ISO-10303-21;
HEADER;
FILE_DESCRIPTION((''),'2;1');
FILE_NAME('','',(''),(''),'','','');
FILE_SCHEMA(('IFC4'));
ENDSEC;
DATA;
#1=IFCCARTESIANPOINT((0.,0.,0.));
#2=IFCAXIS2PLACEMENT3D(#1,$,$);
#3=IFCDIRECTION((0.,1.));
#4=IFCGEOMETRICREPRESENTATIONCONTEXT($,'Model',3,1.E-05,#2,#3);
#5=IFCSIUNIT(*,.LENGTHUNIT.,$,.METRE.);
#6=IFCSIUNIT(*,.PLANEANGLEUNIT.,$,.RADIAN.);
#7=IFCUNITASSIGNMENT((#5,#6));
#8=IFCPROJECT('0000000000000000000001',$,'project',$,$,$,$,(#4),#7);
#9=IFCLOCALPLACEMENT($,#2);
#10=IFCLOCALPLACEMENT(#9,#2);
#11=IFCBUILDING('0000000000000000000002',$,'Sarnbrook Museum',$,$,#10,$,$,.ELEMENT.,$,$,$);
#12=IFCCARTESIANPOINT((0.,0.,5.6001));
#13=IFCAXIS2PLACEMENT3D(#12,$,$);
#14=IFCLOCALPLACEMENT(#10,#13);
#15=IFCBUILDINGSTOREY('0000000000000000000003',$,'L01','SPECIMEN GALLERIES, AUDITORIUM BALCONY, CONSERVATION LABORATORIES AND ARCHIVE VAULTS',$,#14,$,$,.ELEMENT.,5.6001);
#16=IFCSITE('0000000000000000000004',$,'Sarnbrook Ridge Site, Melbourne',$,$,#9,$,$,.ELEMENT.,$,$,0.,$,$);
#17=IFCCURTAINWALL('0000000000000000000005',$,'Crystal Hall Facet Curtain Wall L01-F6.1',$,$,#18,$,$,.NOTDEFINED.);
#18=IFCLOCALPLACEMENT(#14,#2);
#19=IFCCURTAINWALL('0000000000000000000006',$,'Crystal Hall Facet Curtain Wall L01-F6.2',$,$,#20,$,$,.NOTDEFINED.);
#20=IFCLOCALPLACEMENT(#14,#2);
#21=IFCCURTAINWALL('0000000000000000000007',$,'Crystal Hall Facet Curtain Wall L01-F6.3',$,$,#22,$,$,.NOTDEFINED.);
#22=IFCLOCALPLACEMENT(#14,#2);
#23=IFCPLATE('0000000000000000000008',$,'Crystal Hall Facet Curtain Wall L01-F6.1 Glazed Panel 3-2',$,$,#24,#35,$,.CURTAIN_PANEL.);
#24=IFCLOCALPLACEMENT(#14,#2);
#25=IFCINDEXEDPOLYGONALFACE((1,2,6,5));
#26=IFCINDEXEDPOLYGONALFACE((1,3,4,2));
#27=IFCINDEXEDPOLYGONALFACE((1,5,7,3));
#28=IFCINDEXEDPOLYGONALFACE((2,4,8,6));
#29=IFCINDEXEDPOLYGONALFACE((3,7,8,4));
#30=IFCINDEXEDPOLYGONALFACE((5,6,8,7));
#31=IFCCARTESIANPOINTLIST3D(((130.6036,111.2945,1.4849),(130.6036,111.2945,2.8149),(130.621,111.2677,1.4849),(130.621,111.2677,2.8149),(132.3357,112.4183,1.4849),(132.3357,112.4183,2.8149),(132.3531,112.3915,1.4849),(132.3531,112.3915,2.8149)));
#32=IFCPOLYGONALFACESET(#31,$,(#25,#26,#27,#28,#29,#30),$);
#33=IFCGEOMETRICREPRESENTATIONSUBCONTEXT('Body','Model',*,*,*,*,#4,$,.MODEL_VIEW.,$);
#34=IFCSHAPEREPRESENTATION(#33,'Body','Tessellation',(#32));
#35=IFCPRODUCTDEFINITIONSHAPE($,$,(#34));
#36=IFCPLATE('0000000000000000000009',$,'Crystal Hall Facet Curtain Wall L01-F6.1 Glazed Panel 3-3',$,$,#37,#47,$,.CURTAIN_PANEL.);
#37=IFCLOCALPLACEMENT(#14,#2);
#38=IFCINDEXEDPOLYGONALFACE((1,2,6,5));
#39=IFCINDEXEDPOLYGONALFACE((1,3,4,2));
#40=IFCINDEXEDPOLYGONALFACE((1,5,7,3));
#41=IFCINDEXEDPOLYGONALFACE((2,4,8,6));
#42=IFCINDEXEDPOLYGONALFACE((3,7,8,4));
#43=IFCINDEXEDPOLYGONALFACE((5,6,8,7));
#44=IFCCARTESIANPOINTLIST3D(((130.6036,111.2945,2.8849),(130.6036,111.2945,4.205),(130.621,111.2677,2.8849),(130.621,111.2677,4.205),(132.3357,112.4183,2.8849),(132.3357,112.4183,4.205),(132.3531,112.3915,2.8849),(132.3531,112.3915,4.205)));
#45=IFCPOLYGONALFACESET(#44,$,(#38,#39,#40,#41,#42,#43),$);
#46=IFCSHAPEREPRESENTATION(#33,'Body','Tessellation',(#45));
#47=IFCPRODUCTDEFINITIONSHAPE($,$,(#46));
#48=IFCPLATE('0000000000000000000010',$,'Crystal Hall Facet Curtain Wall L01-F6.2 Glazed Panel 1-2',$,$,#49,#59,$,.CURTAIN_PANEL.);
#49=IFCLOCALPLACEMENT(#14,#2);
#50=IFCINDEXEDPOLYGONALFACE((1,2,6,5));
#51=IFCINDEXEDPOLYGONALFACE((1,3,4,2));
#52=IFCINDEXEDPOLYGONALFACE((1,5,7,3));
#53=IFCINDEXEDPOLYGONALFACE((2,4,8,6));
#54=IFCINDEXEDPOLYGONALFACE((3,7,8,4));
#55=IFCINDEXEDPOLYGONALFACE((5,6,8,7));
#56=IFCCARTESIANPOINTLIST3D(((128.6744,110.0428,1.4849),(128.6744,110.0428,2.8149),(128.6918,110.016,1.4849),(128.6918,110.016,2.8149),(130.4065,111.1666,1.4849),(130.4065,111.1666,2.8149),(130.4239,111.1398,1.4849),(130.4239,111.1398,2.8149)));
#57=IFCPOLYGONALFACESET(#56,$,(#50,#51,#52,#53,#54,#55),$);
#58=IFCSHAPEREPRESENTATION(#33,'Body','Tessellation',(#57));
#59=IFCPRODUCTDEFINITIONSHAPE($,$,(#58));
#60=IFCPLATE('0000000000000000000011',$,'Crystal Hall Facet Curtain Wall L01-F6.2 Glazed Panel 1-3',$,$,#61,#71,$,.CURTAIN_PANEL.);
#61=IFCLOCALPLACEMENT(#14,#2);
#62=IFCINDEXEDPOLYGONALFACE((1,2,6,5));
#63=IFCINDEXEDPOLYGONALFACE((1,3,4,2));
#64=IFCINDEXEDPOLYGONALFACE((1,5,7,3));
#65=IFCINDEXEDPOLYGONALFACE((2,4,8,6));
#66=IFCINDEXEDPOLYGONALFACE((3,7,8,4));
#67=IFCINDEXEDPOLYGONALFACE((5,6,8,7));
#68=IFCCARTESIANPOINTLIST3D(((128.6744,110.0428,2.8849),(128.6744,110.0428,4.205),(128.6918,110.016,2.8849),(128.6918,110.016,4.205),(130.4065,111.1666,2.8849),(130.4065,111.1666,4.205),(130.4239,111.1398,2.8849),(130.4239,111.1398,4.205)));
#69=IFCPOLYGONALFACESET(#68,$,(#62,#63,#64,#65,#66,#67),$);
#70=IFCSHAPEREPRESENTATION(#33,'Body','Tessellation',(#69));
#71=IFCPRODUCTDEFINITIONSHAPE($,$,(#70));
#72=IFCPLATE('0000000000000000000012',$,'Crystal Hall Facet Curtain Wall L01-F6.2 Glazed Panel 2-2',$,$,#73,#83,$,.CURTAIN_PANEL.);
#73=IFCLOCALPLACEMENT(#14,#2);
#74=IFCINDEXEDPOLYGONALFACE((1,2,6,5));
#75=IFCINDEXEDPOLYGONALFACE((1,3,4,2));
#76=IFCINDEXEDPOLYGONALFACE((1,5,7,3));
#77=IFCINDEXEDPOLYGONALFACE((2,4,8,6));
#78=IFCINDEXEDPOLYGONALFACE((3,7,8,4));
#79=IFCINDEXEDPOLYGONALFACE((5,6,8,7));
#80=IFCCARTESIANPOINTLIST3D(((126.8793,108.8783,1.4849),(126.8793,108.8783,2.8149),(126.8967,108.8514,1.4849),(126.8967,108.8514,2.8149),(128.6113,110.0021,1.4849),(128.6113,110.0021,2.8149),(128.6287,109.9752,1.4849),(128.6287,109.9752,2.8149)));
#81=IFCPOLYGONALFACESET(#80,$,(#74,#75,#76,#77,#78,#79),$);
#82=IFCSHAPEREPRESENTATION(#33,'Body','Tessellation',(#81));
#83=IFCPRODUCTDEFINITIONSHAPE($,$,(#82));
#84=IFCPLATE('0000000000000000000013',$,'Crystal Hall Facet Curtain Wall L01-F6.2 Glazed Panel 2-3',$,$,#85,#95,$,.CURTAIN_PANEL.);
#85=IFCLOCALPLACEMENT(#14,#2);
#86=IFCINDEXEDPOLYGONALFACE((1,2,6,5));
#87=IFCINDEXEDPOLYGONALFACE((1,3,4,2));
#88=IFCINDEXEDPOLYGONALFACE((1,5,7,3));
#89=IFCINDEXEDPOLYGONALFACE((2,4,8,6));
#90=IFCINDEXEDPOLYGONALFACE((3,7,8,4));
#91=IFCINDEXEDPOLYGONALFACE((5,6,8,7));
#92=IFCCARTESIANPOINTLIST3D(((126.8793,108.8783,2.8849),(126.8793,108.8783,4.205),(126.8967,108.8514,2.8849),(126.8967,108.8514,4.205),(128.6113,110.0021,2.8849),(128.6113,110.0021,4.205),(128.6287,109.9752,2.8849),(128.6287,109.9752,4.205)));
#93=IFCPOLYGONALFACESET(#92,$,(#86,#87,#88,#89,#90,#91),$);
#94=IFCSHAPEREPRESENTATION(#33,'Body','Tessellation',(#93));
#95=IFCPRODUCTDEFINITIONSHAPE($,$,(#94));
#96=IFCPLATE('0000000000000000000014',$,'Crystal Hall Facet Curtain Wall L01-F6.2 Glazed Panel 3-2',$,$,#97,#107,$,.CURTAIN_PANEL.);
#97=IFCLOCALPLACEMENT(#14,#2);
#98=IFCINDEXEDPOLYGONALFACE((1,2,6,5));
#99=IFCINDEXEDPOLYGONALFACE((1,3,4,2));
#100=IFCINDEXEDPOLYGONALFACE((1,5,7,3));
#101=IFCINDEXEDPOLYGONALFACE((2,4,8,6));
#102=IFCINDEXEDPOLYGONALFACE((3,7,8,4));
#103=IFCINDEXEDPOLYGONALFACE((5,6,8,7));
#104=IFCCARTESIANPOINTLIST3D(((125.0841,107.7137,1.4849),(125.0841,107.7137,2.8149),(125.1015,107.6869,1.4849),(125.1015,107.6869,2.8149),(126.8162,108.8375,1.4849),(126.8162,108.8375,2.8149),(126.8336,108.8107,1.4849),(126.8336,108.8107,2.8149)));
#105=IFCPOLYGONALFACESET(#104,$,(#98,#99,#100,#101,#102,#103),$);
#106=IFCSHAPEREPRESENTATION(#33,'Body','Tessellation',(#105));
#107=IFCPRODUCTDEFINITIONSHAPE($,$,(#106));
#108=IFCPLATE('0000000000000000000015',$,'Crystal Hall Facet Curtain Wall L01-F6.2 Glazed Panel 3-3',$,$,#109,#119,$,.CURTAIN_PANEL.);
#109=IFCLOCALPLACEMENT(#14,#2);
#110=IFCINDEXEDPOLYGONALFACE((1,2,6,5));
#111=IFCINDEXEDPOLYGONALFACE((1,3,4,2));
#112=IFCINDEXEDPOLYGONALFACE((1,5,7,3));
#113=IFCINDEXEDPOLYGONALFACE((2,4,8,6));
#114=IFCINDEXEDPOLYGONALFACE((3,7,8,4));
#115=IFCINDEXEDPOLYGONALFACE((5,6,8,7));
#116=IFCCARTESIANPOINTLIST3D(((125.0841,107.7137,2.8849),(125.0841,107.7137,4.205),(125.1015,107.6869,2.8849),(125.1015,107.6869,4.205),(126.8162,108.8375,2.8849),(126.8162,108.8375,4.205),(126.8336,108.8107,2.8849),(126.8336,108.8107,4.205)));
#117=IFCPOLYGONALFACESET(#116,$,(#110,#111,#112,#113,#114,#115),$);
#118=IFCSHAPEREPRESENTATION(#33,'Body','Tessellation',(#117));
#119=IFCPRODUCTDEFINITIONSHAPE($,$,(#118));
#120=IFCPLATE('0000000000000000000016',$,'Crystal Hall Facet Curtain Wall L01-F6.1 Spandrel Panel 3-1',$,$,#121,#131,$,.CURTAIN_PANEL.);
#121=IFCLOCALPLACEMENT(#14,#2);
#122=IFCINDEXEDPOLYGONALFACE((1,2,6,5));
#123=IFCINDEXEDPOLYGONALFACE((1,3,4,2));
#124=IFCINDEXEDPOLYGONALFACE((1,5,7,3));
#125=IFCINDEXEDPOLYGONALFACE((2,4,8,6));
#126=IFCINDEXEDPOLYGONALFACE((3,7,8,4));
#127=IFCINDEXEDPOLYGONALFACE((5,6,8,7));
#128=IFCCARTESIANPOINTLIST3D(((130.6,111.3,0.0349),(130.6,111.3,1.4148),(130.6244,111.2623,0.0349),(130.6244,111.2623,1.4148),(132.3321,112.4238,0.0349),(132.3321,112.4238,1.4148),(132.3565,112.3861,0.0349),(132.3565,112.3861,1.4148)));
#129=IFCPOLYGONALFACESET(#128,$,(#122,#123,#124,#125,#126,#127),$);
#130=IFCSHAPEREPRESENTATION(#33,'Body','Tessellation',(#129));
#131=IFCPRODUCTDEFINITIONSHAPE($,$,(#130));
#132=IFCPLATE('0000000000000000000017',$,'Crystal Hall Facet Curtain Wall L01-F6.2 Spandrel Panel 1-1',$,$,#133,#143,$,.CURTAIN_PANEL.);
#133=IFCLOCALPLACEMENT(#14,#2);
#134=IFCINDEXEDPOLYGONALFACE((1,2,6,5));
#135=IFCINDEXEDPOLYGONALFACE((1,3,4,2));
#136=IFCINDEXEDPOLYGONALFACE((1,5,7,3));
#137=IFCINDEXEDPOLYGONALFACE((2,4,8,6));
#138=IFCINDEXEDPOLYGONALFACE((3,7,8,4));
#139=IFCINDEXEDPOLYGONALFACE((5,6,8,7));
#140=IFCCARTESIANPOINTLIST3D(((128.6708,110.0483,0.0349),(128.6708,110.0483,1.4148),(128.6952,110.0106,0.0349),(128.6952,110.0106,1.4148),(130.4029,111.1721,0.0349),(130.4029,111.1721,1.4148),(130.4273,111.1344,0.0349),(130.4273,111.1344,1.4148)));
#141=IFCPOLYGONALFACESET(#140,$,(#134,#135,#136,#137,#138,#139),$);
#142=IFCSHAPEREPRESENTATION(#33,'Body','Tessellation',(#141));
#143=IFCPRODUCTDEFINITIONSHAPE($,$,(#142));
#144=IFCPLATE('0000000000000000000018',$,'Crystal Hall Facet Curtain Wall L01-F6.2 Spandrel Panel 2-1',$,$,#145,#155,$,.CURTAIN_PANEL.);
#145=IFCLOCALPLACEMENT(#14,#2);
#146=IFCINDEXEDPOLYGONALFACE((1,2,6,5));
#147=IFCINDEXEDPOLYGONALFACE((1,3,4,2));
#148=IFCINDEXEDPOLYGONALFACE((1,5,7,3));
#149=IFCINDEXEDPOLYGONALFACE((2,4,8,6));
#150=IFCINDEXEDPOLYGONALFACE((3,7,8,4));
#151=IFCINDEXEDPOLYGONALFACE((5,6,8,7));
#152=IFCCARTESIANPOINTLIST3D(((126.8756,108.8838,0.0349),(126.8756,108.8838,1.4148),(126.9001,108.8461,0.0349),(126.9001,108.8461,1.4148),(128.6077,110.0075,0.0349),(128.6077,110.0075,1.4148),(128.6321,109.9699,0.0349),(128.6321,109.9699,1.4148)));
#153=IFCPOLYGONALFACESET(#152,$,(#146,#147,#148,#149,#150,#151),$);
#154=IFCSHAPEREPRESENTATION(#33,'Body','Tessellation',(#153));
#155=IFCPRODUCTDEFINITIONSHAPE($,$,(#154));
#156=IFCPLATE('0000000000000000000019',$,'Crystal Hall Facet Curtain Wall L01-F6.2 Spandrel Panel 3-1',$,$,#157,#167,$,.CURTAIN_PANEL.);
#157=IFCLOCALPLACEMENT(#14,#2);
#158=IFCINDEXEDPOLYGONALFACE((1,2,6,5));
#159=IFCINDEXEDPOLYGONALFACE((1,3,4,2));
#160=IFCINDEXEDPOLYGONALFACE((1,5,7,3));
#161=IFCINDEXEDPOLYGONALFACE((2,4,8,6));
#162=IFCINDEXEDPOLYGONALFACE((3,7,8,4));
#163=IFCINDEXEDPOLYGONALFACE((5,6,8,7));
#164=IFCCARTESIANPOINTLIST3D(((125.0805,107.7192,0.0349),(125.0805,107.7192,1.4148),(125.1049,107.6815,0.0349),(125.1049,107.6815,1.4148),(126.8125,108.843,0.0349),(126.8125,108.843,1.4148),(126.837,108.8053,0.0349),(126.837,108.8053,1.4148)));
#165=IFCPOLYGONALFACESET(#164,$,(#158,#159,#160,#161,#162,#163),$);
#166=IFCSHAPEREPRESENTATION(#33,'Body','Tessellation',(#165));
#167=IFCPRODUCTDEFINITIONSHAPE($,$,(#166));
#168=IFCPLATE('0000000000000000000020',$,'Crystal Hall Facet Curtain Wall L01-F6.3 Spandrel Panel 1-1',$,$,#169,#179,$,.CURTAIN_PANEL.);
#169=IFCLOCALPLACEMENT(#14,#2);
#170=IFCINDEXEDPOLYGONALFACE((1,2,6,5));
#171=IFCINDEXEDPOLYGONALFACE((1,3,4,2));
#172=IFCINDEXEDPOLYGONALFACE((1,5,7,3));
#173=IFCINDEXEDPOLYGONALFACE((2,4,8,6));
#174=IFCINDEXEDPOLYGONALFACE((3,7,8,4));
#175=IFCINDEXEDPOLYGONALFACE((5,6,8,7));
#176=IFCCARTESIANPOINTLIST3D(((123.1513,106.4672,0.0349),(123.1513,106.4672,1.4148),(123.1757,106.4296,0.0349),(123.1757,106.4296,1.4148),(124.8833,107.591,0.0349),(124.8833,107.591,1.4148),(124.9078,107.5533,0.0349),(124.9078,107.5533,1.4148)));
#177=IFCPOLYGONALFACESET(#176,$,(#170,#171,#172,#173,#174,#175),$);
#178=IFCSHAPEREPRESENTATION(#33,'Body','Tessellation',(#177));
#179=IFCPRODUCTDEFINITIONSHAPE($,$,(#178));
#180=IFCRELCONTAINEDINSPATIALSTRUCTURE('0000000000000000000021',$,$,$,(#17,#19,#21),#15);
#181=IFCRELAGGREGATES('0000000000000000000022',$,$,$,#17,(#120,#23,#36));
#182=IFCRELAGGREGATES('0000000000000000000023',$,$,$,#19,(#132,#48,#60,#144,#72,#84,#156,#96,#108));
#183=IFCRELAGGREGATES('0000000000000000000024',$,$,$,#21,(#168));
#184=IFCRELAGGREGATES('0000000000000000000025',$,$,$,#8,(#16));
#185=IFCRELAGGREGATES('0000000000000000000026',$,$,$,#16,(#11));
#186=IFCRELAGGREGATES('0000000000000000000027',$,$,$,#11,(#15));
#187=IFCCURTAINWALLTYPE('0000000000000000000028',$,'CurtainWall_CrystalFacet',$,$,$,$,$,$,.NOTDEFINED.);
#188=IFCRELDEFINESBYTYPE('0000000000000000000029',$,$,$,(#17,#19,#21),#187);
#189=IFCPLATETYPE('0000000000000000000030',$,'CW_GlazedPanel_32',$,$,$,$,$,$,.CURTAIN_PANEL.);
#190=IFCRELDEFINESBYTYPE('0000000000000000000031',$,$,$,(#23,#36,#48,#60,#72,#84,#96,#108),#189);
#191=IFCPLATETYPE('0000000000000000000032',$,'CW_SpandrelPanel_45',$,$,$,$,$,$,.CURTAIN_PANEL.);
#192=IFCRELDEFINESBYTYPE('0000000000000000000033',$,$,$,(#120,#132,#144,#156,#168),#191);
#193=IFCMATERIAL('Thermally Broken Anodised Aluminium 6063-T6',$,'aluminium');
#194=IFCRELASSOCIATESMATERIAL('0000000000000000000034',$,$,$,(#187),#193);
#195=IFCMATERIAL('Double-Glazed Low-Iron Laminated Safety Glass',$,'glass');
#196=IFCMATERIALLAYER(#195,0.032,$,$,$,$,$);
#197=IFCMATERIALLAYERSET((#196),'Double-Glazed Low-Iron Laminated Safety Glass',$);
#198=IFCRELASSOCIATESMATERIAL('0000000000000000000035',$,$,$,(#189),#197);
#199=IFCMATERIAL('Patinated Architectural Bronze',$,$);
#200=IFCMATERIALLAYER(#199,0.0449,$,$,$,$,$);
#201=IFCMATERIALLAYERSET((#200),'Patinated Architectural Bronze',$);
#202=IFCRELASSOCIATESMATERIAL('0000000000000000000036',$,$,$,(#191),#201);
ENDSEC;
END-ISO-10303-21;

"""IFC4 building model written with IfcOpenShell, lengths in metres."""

from ifc_helpers import new_model, si_unit, direction, frame, origin, origin_2d, place, context, subcontext, project, spatial, rectangle, extrude, material, layer, layer_set, type_object, element, aggregate, save


model = new_model("IFC4")

# Units and contexts
model_context = context("Model", 3, precision=1e-05, world=origin(), true_north=direction((0.0, 1.0)))
body_context = subcontext(model_context, "Body", "Model", "MODEL_VIEW")
ifc_project = project(units=[si_unit("LENGTHUNIT", "METRE"), si_unit("PLANEANGLEUNIT", "RADIAN")], contexts=[model_context])

# Site, building, storey
site_placement = place(None, origin())
site = spatial("IfcSite", under=ifc_project, at=site_placement, Name="Sarnbrook Ridge Site, Melbourne", CompositionType="ELEMENT", RefElevation=0.0)
building_placement = place(site_placement, origin())
building = spatial("IfcBuilding", under=site, at=building_placement, Name="Sarnbrook Museum", CompositionType="ELEMENT")
storey_placement = place(building_placement, frame((0.0, 0.0, 5.6001)))
storey = spatial("IfcBuildingStorey", under=building, at=storey_placement, Name="L01", Description="SPECIMEN GALLERIES, AUDITORIUM BALCONY, CONSERVATION LABORATORIES AND ARCHIVE VAULTS", CompositionType="ELEMENT", Elevation=5.6001)

# Curtain wall
ifc_material_1 = material(Name="Thermally Broken Anodised Aluminium 6063-T6", Category="aluminium")
curtain_wall_type = type_object("IfcCurtainWallType", Name="CurtainWall_CrystalFacet", PredefinedType="NOTDEFINED", material=ifc_material_1)
curtain_wall_1_placement = place(storey_placement, origin())
curtain_wall_1 = element("IfcCurtainWall", 1, at=curtain_wall_1_placement, inside=storey, type_object=curtain_wall_type, Name="Crystal Hall Facet Curtain Wall L01-F6.1", PredefinedType="NOTDEFINED")

# Curtain wall
curtain_wall_2_placement = place(storey_placement, origin())
curtain_wall_2 = element("IfcCurtainWall", 2, at=curtain_wall_2_placement, inside=storey, type_object=curtain_wall_type, Name="Crystal Hall Facet Curtain Wall L01-F6.2", PredefinedType="NOTDEFINED")

# Curtain wall
curtain_wall_3_placement = place(storey_placement, origin())
curtain_wall_3 = element("IfcCurtainWall", 3, at=curtain_wall_3_placement, inside=storey, type_object=curtain_wall_type, Name="Crystal Hall Facet Curtain Wall L01-F6.3", PredefinedType="NOTDEFINED")

# Plates
ifc_material_2 = material(Name="Double-Glazed Low-Iron Laminated Safety Glass", Category="glass")
ifc_layer_1 = layer(ifc_material_2, 0.032)
ifc_layer_set_1 = layer_set([ifc_layer_1], Name="Double-Glazed Low-Iron Laminated Safety Glass")
plate_type_1 = type_object("IfcPlateType", Name="CW_GlazedPanel_32", PredefinedType="CURTAIN_PANEL", material=ifc_layer_set_1)
plate_1_placement = place(storey_placement, frame((131.4871, 111.8296, 2.1499), z_axis=(-0.544287, 0.838899, 0.0), x_axis=(-0.838899, -0.544287, 0.0)))
plate_1 = element("IfcPlate", 4, at=plate_1_placement, type_object=plate_type_1, Name="Crystal Hall Facet Curtain Wall L01-F6.1 Glazed Panel 3-2", PredefinedType="CURTAIN_PANEL", context=body_context, shape_type="SweptSolid", body=[
    extrude(rectangle(XDim=2.0647, YDim=1.3301, at=origin_2d()), origin(), (0.0, 0.0, 1.0), 0.032),
])
plate_2_placement = place(storey_placement, frame((131.4871, 111.8296, 3.5449), z_axis=(-0.544287, 0.838899, 0.0), x_axis=(-0.838899, -0.544287, 0.0)))
plate_2 = element("IfcPlate", 5, at=plate_2_placement, type_object=plate_type_1, Name="Crystal Hall Facet Curtain Wall L01-F6.1 Glazed Panel 3-3", PredefinedType="CURTAIN_PANEL", context=body_context, shape_type="SweptSolid", body=[
    extrude(rectangle(XDim=2.0647, YDim=1.3201, at=origin_2d()), origin(), (0.0, 0.0, 1.0), 0.032),
])
plate_3_placement = place(storey_placement, frame((129.5579, 110.5779, 2.1499), z_axis=(-0.544287, 0.838899, 0.0), x_axis=(-0.838899, -0.544287, 0.0)))
plate_3 = element("IfcPlate", 6, at=plate_3_placement, type_object=plate_type_1, Name="Crystal Hall Facet Curtain Wall L01-F6.2 Glazed Panel 1-2", PredefinedType="CURTAIN_PANEL", context=body_context, shape_type="SweptSolid", body=[
    extrude(rectangle(XDim=2.0647, YDim=1.3301, at=origin_2d()), origin(), (0.0, 0.0, 1.0), 0.032),
])
plate_4_placement = place(storey_placement, frame((129.5579, 110.5779, 3.5449), z_axis=(-0.544287, 0.838899, 0.0), x_axis=(-0.838899, -0.544287, 0.0)))
plate_4 = element("IfcPlate", 7, at=plate_4_placement, type_object=plate_type_1, Name="Crystal Hall Facet Curtain Wall L01-F6.2 Glazed Panel 1-3", PredefinedType="CURTAIN_PANEL", context=body_context, shape_type="SweptSolid", body=[
    extrude(rectangle(XDim=2.0647, YDim=1.3201, at=origin_2d()), origin(), (0.0, 0.0, 1.0), 0.032),
])
plate_5_placement = place(storey_placement, frame((127.7627, 109.4133, 2.1499), z_axis=(-0.544287, 0.838899, 0.0), x_axis=(-0.838899, -0.544287, 0.0)))
plate_5 = element("IfcPlate", 8, at=plate_5_placement, type_object=plate_type_1, Name="Crystal Hall Facet Curtain Wall L01-F6.2 Glazed Panel 2-2", PredefinedType="CURTAIN_PANEL", context=body_context, shape_type="SweptSolid", body=[
    extrude(rectangle(XDim=2.0647, YDim=1.3301, at=origin_2d()), origin(), (0.0, 0.0, 1.0), 0.032),
])
plate_6_placement = place(storey_placement, frame((127.7627, 109.4133, 3.5449), z_axis=(-0.544287, 0.838899, 0.0), x_axis=(-0.838899, -0.544287, 0.0)))
plate_6 = element("IfcPlate", 9, at=plate_6_placement, type_object=plate_type_1, Name="Crystal Hall Facet Curtain Wall L01-F6.2 Glazed Panel 2-3", PredefinedType="CURTAIN_PANEL", context=body_context, shape_type="SweptSolid", body=[
    extrude(rectangle(XDim=2.0647, YDim=1.3201, at=origin_2d()), origin(), (0.0, 0.0, 1.0), 0.032),
])
plate_7_placement = place(storey_placement, frame((125.9675, 108.2488, 2.1499), z_axis=(-0.544287, 0.838899, 0.0), x_axis=(-0.838899, -0.544287, 0.0)))
plate_7 = element("IfcPlate", 10, at=plate_7_placement, type_object=plate_type_1, Name="Crystal Hall Facet Curtain Wall L01-F6.2 Glazed Panel 3-2", PredefinedType="CURTAIN_PANEL", context=body_context, shape_type="SweptSolid", body=[
    extrude(rectangle(XDim=2.0647, YDim=1.3301, at=origin_2d()), origin(), (0.0, 0.0, 1.0), 0.032),
])
plate_8_placement = place(storey_placement, frame((125.9675, 108.2488, 3.5449), z_axis=(-0.544287, 0.838899, 0.0), x_axis=(-0.838899, -0.544287, 0.0)))
plate_8 = element("IfcPlate", 11, at=plate_8_placement, type_object=plate_type_1, Name="Crystal Hall Facet Curtain Wall L01-F6.2 Glazed Panel 3-3", PredefinedType="CURTAIN_PANEL", context=body_context, shape_type="SweptSolid", body=[
    extrude(rectangle(XDim=2.0647, YDim=1.3201, at=origin_2d()), origin(), (0.0, 0.0, 1.0), 0.032),
])
ifc_material_3 = material(Name="Patinated Architectural Bronze")
ifc_layer_2 = layer(ifc_material_3, 0.0449)
ifc_layer_set_2 = layer_set([ifc_layer_2], Name="Patinated Architectural Bronze")
plate_type_2 = type_object("IfcPlateType", Name="CW_SpandrelPanel_45", PredefinedType="CURTAIN_PANEL", material=ifc_layer_set_2)
plate_9_placement = place(storey_placement, frame((131.4905, 111.8242, 0.7249), z_axis=(-0.544287, 0.838899, 0.0), x_axis=(-0.838899, -0.544287, 0.0)))
plate_9 = element("IfcPlate", 12, at=plate_9_placement, type_object=plate_type_2, Name="Crystal Hall Facet Curtain Wall L01-F6.1 Spandrel Panel 3-1", PredefinedType="CURTAIN_PANEL", context=body_context, shape_type="SweptSolid", body=[
    extrude(rectangle(XDim=2.0647, YDim=1.3799, at=origin_2d()), origin(), (0.0, 0.0, 1.0), 0.0449),
])
aggregate(curtain_wall_1, [plate_9, plate_1, plate_2])
plate_10_placement = place(storey_placement, frame((129.5613, 110.5725, 0.7249), z_axis=(-0.544287, 0.838899, 0.0), x_axis=(-0.838899, -0.544287, 0.0)))
plate_10 = element("IfcPlate", 13, at=plate_10_placement, type_object=plate_type_2, Name="Crystal Hall Facet Curtain Wall L01-F6.2 Spandrel Panel 1-1", PredefinedType="CURTAIN_PANEL", context=body_context, shape_type="SweptSolid", body=[
    extrude(rectangle(XDim=2.0647, YDim=1.3799, at=origin_2d()), origin(), (0.0, 0.0, 1.0), 0.0449),
])
plate_11_placement = place(storey_placement, frame((127.7661, 109.408, 0.7249), z_axis=(-0.544287, 0.838899, 0.0), x_axis=(-0.838899, -0.544287, 0.0)))
plate_11 = element("IfcPlate", 14, at=plate_11_placement, type_object=plate_type_2, Name="Crystal Hall Facet Curtain Wall L01-F6.2 Spandrel Panel 2-1", PredefinedType="CURTAIN_PANEL", context=body_context, shape_type="SweptSolid", body=[
    extrude(rectangle(XDim=2.0647, YDim=1.3799, at=origin_2d()), origin(), (0.0, 0.0, 1.0), 0.0449),
])
plate_12_placement = place(storey_placement, frame((125.9709, 108.2434, 0.7249), z_axis=(-0.544287, 0.838899, 0.0), x_axis=(-0.838899, -0.544287, 0.0)))
plate_12 = element("IfcPlate", 15, at=plate_12_placement, type_object=plate_type_2, Name="Crystal Hall Facet Curtain Wall L01-F6.2 Spandrel Panel 3-1", PredefinedType="CURTAIN_PANEL", context=body_context, shape_type="SweptSolid", body=[
    extrude(rectangle(XDim=2.0647, YDim=1.3799, at=origin_2d()), origin(), (0.0, 0.0, 1.0), 0.0449),
])
aggregate(curtain_wall_2, [plate_10, plate_3, plate_4, plate_11, plate_5, plate_6, plate_12, plate_7, plate_8])
plate_13_placement = place(storey_placement, frame((124.0417, 106.9915, 0.7249), z_axis=(-0.544287, 0.838899, 0.0), x_axis=(-0.838899, -0.544287, 0.0)))
plate_13 = element("IfcPlate", 16, at=plate_13_placement, type_object=plate_type_2, Name="Crystal Hall Facet Curtain Wall L01-F6.3 Spandrel Panel 1-1", PredefinedType="CURTAIN_PANEL", context=body_context, shape_type="SweptSolid", body=[
    extrude(rectangle(XDim=2.0647, YDim=1.3799, at=origin_2d()), origin(), (0.0, 0.0, 1.0), 0.0449),
])
aggregate(curtain_wall_3, [plate_13])

save(model, "model.ifc")
